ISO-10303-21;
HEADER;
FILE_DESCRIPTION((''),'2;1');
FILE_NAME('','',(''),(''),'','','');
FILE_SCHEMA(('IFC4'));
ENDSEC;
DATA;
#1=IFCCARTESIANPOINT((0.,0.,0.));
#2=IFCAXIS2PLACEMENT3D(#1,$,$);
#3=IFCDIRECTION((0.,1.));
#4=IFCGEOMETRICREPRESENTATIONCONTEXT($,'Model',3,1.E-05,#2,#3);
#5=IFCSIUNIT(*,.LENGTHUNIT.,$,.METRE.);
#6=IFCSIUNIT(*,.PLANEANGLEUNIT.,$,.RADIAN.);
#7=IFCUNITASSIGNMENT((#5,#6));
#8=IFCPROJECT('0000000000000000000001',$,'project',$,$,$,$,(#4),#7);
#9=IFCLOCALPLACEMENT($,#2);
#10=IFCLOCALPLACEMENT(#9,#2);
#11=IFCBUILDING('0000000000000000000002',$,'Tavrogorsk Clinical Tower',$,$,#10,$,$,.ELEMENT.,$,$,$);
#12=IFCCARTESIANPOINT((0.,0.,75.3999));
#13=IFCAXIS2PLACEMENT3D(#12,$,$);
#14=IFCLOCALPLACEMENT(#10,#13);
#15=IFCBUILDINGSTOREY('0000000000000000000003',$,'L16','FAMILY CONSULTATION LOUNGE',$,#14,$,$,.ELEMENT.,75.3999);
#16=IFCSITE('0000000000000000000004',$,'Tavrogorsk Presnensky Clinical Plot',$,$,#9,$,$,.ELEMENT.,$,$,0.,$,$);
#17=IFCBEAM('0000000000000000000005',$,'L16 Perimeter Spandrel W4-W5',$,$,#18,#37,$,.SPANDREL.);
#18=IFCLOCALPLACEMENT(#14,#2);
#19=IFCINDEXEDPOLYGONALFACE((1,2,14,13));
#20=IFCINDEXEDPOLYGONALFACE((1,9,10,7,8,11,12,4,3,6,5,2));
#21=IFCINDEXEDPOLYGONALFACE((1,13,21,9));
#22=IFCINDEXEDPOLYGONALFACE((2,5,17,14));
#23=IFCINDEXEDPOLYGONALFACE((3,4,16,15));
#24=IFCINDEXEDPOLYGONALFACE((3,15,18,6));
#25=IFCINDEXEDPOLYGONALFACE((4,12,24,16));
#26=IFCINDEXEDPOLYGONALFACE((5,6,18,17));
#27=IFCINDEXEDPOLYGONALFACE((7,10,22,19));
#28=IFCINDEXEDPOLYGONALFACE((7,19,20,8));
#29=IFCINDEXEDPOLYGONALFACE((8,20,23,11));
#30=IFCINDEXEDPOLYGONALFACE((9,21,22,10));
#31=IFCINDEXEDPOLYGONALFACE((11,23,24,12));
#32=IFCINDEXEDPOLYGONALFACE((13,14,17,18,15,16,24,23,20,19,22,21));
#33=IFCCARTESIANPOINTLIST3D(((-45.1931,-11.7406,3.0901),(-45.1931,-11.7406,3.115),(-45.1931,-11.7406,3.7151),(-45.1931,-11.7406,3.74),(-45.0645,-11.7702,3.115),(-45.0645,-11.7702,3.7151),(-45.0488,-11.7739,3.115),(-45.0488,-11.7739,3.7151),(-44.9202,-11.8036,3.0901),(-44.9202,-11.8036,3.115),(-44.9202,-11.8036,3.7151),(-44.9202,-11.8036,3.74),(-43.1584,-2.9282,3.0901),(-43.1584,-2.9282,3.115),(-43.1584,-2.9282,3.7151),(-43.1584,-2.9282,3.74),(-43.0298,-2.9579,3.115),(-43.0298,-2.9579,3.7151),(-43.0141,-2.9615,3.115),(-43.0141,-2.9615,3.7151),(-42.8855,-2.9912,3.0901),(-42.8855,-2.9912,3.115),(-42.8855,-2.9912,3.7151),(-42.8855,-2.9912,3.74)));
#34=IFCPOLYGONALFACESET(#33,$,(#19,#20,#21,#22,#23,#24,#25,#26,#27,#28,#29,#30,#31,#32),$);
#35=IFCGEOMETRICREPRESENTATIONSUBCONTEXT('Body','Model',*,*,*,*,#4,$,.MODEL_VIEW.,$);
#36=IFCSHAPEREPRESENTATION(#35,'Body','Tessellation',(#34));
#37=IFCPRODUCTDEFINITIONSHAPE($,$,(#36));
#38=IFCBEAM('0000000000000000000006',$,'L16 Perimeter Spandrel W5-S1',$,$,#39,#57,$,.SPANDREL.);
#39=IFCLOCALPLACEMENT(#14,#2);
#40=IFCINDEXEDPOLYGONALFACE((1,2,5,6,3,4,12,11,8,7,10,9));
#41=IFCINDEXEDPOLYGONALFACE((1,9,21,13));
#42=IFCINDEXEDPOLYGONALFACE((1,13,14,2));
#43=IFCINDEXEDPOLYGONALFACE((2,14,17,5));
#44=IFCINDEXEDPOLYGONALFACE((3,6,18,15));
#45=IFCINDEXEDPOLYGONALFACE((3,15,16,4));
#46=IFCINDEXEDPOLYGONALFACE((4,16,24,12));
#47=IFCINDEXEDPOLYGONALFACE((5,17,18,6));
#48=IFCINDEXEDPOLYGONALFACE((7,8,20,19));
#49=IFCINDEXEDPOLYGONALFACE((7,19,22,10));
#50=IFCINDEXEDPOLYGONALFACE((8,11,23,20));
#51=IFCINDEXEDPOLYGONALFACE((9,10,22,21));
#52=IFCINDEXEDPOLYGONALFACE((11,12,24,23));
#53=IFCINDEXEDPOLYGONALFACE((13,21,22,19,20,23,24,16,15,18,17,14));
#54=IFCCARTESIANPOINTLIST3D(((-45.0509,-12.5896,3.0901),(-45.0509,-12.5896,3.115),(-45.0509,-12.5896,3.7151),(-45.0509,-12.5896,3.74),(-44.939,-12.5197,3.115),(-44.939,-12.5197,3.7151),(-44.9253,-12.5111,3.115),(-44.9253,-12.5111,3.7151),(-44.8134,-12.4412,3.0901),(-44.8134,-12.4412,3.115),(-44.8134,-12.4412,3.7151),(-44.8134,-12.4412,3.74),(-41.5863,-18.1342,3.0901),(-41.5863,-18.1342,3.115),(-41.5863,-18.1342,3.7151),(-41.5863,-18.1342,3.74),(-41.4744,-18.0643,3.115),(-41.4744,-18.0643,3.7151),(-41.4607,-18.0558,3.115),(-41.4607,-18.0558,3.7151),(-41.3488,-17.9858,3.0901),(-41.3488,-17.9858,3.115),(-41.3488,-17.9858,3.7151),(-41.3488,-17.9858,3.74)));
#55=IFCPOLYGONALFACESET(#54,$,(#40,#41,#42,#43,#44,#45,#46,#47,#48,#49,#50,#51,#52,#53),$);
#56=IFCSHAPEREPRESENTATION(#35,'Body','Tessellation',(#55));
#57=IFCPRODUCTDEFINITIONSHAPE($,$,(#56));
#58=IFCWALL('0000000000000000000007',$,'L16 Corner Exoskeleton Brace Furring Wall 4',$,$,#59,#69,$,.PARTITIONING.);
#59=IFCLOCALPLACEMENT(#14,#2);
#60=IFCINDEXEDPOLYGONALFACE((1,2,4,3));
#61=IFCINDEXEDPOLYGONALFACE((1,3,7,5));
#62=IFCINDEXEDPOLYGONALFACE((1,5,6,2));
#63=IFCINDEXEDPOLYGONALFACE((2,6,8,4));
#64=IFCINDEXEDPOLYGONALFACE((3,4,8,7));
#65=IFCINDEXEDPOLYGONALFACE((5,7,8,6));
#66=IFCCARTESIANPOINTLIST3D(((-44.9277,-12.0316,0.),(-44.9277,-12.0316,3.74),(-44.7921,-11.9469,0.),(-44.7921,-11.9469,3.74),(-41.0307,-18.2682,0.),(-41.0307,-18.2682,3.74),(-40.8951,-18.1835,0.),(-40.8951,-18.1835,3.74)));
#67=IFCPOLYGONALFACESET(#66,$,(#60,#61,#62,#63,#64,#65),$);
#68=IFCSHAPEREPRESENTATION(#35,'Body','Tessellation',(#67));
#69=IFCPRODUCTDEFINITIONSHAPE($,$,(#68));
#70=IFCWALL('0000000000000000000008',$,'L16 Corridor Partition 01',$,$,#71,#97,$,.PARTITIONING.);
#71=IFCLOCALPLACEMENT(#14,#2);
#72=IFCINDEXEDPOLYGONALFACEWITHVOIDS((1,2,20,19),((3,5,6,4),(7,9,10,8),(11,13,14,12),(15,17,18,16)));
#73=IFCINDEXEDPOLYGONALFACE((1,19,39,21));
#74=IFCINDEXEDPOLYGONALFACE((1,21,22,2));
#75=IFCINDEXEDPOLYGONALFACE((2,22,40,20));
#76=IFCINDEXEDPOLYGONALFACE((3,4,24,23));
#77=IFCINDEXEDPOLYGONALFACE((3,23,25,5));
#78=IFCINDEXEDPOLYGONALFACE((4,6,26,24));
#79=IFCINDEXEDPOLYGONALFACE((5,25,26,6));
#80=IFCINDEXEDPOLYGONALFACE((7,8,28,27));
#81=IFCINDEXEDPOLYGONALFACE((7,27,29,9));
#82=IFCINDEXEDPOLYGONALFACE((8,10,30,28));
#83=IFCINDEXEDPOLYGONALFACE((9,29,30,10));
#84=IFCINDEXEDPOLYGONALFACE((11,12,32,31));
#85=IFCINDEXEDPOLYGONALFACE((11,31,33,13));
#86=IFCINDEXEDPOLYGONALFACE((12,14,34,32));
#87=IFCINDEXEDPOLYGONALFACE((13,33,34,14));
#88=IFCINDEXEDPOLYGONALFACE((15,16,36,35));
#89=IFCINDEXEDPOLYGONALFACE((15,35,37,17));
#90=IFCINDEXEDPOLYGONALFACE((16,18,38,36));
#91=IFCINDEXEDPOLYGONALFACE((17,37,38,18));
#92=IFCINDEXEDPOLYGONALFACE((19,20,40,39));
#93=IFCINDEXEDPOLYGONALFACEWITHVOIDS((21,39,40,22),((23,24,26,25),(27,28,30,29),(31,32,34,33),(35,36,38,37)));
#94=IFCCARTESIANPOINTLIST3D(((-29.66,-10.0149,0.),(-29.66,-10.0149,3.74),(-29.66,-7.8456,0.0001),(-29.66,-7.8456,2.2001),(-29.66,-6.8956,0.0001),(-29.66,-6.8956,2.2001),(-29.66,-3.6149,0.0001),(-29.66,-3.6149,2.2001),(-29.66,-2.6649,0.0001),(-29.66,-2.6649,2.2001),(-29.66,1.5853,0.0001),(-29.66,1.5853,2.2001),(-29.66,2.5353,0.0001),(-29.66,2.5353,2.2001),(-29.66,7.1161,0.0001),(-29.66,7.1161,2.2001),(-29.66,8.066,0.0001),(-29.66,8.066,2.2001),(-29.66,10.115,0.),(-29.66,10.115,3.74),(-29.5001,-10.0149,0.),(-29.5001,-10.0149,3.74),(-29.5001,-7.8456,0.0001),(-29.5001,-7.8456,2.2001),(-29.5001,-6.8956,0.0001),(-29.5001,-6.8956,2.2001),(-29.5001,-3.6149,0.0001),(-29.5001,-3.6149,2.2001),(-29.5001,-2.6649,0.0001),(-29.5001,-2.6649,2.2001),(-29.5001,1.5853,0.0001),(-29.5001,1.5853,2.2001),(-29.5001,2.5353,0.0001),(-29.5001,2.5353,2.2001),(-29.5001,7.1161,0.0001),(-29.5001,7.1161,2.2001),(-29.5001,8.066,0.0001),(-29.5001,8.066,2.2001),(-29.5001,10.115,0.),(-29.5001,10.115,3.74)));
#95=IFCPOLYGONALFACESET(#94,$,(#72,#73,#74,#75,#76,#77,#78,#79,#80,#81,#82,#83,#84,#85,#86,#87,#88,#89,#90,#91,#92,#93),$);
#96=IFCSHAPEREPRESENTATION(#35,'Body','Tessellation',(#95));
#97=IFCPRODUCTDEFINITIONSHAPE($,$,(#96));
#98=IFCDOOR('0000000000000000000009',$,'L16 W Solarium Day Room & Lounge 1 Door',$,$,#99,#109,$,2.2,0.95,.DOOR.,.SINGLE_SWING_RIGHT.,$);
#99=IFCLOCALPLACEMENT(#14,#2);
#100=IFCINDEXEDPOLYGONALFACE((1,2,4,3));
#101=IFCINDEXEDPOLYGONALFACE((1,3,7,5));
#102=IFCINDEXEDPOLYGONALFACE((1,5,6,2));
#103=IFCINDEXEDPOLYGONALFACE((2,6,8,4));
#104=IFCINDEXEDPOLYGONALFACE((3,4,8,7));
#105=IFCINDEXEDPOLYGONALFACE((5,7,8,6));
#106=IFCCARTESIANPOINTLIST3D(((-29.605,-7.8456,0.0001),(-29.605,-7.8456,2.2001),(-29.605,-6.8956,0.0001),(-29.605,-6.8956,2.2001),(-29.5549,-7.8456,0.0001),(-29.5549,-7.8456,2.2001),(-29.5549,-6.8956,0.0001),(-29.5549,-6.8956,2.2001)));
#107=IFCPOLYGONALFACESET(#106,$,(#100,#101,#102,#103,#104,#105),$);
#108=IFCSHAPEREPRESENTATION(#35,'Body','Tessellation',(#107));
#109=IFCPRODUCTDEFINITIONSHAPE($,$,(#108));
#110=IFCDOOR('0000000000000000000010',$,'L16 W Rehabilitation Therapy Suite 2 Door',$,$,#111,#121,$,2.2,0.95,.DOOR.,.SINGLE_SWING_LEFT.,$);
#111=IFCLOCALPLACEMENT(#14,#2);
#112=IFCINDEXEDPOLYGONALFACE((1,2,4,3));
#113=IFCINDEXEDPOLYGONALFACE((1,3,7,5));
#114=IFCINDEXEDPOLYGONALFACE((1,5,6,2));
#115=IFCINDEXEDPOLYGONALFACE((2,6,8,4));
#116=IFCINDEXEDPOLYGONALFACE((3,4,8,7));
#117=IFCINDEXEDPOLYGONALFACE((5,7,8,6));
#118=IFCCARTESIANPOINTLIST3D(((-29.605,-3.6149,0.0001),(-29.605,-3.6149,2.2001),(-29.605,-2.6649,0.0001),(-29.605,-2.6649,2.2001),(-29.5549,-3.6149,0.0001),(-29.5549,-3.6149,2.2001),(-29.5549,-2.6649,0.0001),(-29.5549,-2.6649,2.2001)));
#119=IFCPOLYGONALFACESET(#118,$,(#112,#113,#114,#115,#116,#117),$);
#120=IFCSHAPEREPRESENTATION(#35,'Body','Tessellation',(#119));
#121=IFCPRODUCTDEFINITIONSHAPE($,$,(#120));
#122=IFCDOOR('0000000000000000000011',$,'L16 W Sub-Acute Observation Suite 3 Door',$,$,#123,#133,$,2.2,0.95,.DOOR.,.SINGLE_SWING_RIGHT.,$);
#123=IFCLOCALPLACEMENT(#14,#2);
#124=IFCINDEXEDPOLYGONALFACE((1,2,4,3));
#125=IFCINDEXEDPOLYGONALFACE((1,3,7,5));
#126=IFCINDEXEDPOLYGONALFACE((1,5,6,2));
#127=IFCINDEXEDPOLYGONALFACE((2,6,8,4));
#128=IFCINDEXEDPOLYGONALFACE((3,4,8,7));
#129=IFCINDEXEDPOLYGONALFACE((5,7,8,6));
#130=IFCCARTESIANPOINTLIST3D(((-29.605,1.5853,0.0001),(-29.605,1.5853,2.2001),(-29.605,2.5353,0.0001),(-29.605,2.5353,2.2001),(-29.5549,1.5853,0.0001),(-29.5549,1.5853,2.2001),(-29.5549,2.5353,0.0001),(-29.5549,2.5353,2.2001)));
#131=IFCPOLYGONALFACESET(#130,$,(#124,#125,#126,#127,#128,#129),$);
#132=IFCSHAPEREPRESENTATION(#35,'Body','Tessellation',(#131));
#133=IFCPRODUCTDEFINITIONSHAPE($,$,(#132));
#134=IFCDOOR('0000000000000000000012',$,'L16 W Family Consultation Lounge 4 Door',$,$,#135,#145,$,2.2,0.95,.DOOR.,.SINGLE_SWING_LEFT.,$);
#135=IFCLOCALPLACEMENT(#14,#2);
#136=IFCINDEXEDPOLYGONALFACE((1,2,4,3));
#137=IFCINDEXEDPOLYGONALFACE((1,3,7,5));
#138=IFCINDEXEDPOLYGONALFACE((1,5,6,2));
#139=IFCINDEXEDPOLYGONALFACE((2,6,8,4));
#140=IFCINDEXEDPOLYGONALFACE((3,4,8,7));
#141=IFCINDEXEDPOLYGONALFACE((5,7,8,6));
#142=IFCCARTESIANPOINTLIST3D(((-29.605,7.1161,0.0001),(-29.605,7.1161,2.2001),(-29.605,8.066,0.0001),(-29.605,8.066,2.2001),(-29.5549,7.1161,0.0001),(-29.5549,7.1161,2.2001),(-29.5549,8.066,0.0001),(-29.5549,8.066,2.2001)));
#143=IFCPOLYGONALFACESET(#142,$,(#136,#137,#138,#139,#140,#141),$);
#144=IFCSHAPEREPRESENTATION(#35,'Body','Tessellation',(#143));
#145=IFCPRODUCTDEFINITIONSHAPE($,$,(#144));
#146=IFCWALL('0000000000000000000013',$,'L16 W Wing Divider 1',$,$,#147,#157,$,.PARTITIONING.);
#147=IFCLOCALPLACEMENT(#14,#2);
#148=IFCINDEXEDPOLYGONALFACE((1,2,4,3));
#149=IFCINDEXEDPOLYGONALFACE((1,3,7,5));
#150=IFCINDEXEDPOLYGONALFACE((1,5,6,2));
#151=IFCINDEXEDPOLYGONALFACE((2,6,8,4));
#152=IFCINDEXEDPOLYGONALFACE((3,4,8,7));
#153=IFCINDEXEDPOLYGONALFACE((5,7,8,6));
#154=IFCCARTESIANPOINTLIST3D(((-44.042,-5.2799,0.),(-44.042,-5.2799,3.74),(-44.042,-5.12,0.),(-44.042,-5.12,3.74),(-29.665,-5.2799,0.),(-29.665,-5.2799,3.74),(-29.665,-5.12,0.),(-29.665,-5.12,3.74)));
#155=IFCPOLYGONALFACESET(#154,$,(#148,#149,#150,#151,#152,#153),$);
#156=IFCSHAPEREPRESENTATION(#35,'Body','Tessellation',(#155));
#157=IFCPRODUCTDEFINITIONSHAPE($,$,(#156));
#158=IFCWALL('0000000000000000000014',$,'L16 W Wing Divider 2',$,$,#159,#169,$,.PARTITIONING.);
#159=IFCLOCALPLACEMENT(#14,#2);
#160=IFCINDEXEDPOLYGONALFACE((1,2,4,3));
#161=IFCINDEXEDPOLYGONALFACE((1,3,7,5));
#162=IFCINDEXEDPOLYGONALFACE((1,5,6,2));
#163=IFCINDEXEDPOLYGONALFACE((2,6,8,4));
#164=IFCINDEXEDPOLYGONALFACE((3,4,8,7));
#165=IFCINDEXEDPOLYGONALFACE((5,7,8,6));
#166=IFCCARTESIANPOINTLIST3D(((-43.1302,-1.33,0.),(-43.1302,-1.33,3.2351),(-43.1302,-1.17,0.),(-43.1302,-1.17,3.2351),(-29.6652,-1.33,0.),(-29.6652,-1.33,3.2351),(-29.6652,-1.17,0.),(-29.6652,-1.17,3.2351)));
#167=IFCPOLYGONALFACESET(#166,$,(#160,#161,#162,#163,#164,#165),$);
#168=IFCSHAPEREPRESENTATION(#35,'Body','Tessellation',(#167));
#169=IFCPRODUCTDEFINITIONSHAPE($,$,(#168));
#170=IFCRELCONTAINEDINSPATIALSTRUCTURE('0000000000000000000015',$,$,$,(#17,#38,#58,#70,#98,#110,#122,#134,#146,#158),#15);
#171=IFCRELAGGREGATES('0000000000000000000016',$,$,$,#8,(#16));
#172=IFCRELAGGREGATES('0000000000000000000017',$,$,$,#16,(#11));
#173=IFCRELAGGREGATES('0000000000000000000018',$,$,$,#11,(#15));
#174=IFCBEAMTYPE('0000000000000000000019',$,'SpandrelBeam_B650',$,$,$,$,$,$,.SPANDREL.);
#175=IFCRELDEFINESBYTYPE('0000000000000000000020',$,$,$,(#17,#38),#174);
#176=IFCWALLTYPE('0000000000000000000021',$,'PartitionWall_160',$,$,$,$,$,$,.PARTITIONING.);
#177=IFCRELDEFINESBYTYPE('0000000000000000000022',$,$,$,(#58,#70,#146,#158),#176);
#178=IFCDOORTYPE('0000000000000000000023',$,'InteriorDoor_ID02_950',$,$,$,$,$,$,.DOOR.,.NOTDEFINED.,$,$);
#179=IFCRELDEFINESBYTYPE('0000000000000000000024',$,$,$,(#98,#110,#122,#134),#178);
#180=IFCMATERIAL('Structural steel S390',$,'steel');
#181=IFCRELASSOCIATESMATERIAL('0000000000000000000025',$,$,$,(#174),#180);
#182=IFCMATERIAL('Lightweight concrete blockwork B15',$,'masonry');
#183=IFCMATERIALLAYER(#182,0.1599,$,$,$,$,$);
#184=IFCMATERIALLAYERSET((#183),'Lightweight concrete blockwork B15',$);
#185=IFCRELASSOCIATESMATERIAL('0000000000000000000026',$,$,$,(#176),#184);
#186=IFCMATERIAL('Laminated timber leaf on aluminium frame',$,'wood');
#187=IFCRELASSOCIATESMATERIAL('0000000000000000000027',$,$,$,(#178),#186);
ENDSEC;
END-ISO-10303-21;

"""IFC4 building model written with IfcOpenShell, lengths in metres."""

from ifc_helpers import new_model, si_unit, direction, frame, frame_2d, origin, origin_2d, place, context, subcontext, project, spatial, rectangle, i_section, extrude, material, layer, layer_set, material_profile, profile_set, type_object, element, fill, save


model = new_model("IFC4")

# Units and contexts
model_context = context("Model", 3, precision=1e-05, world=origin(), true_north=direction((0.0, 1.0)))
body_context = subcontext(model_context, "Body", "Model", "MODEL_VIEW")
ifc_project = project(units=[si_unit("LENGTHUNIT", "METRE"), si_unit("PLANEANGLEUNIT", "RADIAN")], contexts=[model_context])

# Site, building, storey
site_placement = place(None, origin())
site = spatial("IfcSite", under=ifc_project, at=site_placement, Name="Tavrogorsk Presnensky Clinical Plot", CompositionType="ELEMENT", RefElevation=0.0)
building_placement = place(site_placement, origin())
building = spatial("IfcBuilding", under=site, at=building_placement, Name="Tavrogorsk Clinical Tower", CompositionType="ELEMENT")
storey_placement = place(building_placement, frame((0.0, 0.0, 75.3999)))
storey = spatial("IfcBuildingStorey", under=building, at=storey_placement, Name="L16", Description="FAMILY CONSULTATION LOUNGE", CompositionType="ELEMENT", Elevation=75.3999)

# Beams
ifc_material_1 = material(Name="Structural steel S390", Category="steel")
ifc_material_profile_1 = material_profile(ifc_material_1, i_section(OverallWidth=0.28, OverallDepth=0.6499, WebThickness=0.0161, FlangeThickness=0.0249, at=origin_2d()), Name="B-650x280x16x25")
ifc_profile_set_1 = profile_set([ifc_material_profile_1], Name="Structural steel S390")
beam_type = type_object("IfcBeamType", Name="SpandrelBeam_B650", PredefinedType="SPANDREL", material=ifc_profile_set_1)
beam_1_placement = place(storey_placement, frame((-43.022, -2.9597, 3.415), z_axis=(-0.224972, -0.974365, 0.0), x_axis=(0.974365, -0.224972, 0.0)))
element("IfcBeam", 1, at=beam_1_placement, inside=storey, type_object=beam_type, Name="L16 Perimeter Spandrel W4-W5", PredefinedType="SPANDREL", context=body_context, shape_type="SweptSolid", body=[
    extrude(i_section(OverallWidth=0.28, OverallDepth=0.6499, WebThickness=0.0161, FlangeThickness=0.0249, at=origin_2d()), origin(), (0.0, 0.0, 1.0), 9.0442),
])
beam_2_placement = place(storey_placement, frame((-44.9321, -12.5154, 3.415), z_axis=(0.529908, -0.848055, 0.0), x_axis=(0.848055, 0.529908, 0.0)))
element("IfcBeam", 2, at=beam_2_placement, inside=storey, type_object=beam_type, Name="L16 Perimeter Spandrel W5-S1", PredefinedType="SPANDREL", context=body_context, shape_type="SweptSolid", body=[
    extrude(i_section(OverallWidth=0.28, OverallDepth=0.6499, WebThickness=0.0161, FlangeThickness=0.0249, at=origin_2d()), origin(), (0.0, 0.0, 1.0), 6.5381),
])

# Wall
ifc_material_2 = material(Name="Lightweight concrete blockwork B15", Category="masonry")
ifc_layer_1 = layer(ifc_material_2, 0.1599)
ifc_layer_set_1 = layer_set([ifc_layer_1], Name="Lightweight concrete blockwork B15")
wall_type_1 = type_object("IfcWallType", Name="PartitionWall_160", PredefinedType="PARTITIONING", material=ifc_layer_set_1)
wall_1_placement = place(storey_placement, frame((-44.8599, -11.9893, 0.0), z_axis=(0.0, 0.0, 1.0), x_axis=(0.529912, -0.848052, 0.0)))
element("IfcWall", 3, at=wall_1_placement, inside=storey, type_object=wall_type_1, Name="L16 Corner Exoskeleton Brace Furring Wall 4", PredefinedType="PARTITIONING", context=body_context, shape_type="SweptSolid", body=[
    extrude(rectangle(XDim=7.354, YDim=0.1599, at=frame_2d((3.677, 0.0))), origin(), (0.0, 0.0, 1.0), 3.74),
])

# Wall, openings, doors
wall_2_placement = place(storey_placement, frame((-29.5801, -10.0149, 0.0), z_axis=(0.0, 0.0, 1.0), x_axis=(0.0, 1.0, 0.0)))
wall_2 = element("IfcWall", 4, at=wall_2_placement, inside=storey, type_object=wall_type_1, Name="L16 Corridor Partition 01", PredefinedType="PARTITIONING", context=body_context, shape_type="SweptSolid", body=[
    extrude(rectangle(XDim=20.1299, YDim=0.1599, at=frame_2d((10.0649, 0.0))), origin(), (0.0, 0.0, 1.0), 3.74),
])
opening_1_placement = place(wall_2_placement, frame((2.1692, 0.0, 0.0)))
opening_1 = element("IfcOpeningElement", 5, at=opening_1_placement, cuts=wall_2, PredefinedType="OPENING", context=body_context, shape_type="SweptSolid", body=[
    extrude(rectangle(XDim=0.95, YDim=2.2, at=frame_2d((0.4751, 1.1001))), frame((0.0, 0.0898, 0.0), z_axis=(0.0, -1.0, 0.0), x_axis=(1.0, 0.0, 0.0)), (0.0, 0.0, 1.0), 0.1799),
])
opening_2_placement = place(wall_2_placement, frame((6.3999, 0.0, 0.0)))
opening_2 = element("IfcOpeningElement", 6, at=opening_2_placement, cuts=wall_2, PredefinedType="OPENING", context=body_context, shape_type="SweptSolid", body=[
    extrude(rectangle(XDim=0.95, YDim=2.2, at=frame_2d((0.4751, 1.1001))), frame((0.0, 0.0898, 0.0), z_axis=(0.0, -1.0, 0.0), x_axis=(1.0, 0.0, 0.0)), (0.0, 0.0, 1.0), 0.1799),
])
opening_3_placement = place(wall_2_placement, frame((11.6001, 0.0, 0.0)))
opening_3 = element("IfcOpeningElement", 7, at=opening_3_placement, cuts=wall_2, PredefinedType="OPENING", context=body_context, shape_type="SweptSolid", body=[
    extrude(rectangle(XDim=0.95, YDim=2.2, at=frame_2d((0.4751, 1.1001))), frame((0.0, 0.0898, 0.0), z_axis=(0.0, -1.0, 0.0), x_axis=(1.0, 0.0, 0.0)), (0.0, 0.0, 1.0), 0.1799),
])
opening_4_placement = place(wall_2_placement, frame((17.1309, 0.0, 0.0)))
opening_4 = element("IfcOpeningElement", 8, at=opening_4_placement, cuts=wall_2, PredefinedType="OPENING", context=body_context, shape_type="SweptSolid", body=[
    extrude(rectangle(XDim=0.95, YDim=2.2, at=frame_2d((0.4751, 1.1001))), frame((0.0, 0.0898, 0.0), z_axis=(0.0, -1.0, 0.0), x_axis=(1.0, 0.0, 0.0)), (0.0, 0.0, 1.0), 0.1799),
])
ifc_material_3 = material(Name="Laminated timber leaf on aluminium frame", Category="wood")
door_type = type_object("IfcDoorType", Name="InteriorDoor_ID02_950", OperationType="NOTDEFINED", PredefinedType="DOOR", material=ifc_material_3)
door_1_placement = place(opening_1_placement, origin())
door_1 = element("IfcDoor", 9, at=door_1_placement, inside=storey, type_object=door_type, Name="L16 W Solarium Day Room & Lounge 1 Door", OperationType="SINGLE_SWING_RIGHT", OverallHeight=2.2, OverallWidth=0.95, PredefinedType="DOOR", context=body_context, shape_type="SweptSolid", body=[
    extrude(rectangle(XDim=0.95, YDim=2.2, at=frame_2d((0.4751, 1.1001))), frame((0.0, 0.0249, 0.0), z_axis=(0.0, -1.0, 0.0), x_axis=(1.0, 0.0, 0.0)), (0.0, 0.0, 1.0), 0.05),
])
fill(opening_1, door_1)
door_2_placement = place(opening_2_placement, origin())
door_2 = element("IfcDoor", 10, at=door_2_placement, inside=storey, type_object=door_type, Name="L16 W Rehabilitation Therapy Suite 2 Door", OperationType="SINGLE_SWING_LEFT", OverallHeight=2.2, OverallWidth=0.95, PredefinedType="DOOR", context=body_context, shape_type="SweptSolid", body=[
    extrude(rectangle(XDim=0.95, YDim=2.2, at=frame_2d((0.4751, 1.1001))), frame((0.0, 0.0249, 0.0), z_axis=(0.0, -1.0, 0.0), x_axis=(1.0, 0.0, 0.0)), (0.0, 0.0, 1.0), 0.05),
])
fill(opening_2, door_2)
door_3_placement = place(opening_3_placement, origin())
door_3 = element("IfcDoor", 11, at=door_3_placement, inside=storey, type_object=door_type, Name="L16 W Sub-Acute Observation Suite 3 Door", OperationType="SINGLE_SWING_RIGHT", OverallHeight=2.2, OverallWidth=0.95, PredefinedType="DOOR", context=body_context, shape_type="SweptSolid", body=[
    extrude(rectangle(XDim=0.95, YDim=2.2, at=frame_2d((0.4751, 1.1001))), frame((0.0, 0.0249, 0.0), z_axis=(0.0, -1.0, 0.0), x_axis=(1.0, 0.0, 0.0)), (0.0, 0.0, 1.0), 0.05),
])
fill(opening_3, door_3)
door_4_placement = place(opening_4_placement, origin())
door_4 = element("IfcDoor", 12, at=door_4_placement, inside=storey, type_object=door_type, Name="L16 W Family Consultation Lounge 4 Door", OperationType="SINGLE_SWING_LEFT", OverallHeight=2.2, OverallWidth=0.95, PredefinedType="DOOR", context=body_context, shape_type="SweptSolid", body=[
    extrude(rectangle(XDim=0.95, YDim=2.2, at=frame_2d((0.4751, 1.1001))), frame((0.0, 0.0249, 0.0), z_axis=(0.0, -1.0, 0.0), x_axis=(1.0, 0.0, 0.0)), (0.0, 0.0, 1.0), 0.05),
])
fill(opening_4, door_4)

# Walls
wall_3_placement = place(storey_placement, frame((-44.042, -5.2, 0.0), z_axis=(0.0, 0.0, 1.0), x_axis=(1.0, 0.0, 0.0)))
element("IfcWall", 13, at=wall_3_placement, inside=storey, type_object=wall_type_1, Name="L16 W Wing Divider 1", PredefinedType="PARTITIONING", context=body_context, shape_type="SweptSolid", body=[
    extrude(rectangle(XDim=14.377, YDim=0.1599, at=frame_2d((7.1885, 0.0))), origin(), (0.0, 0.0, 1.0), 3.74),
])
wall_4_placement = place(storey_placement, frame((-43.1301, -1.25, 0.0), z_axis=(0.0, 0.0, 1.0), x_axis=(1.0, 0.0, 0.0)))
element("IfcWall", 14, at=wall_4_placement, inside=storey, type_object=wall_type_1, Name="L16 W Wing Divider 2", PredefinedType="PARTITIONING", context=body_context, shape_type="SweptSolid", body=[
    extrude(rectangle(XDim=13.4651, YDim=0.1599, at=frame_2d((6.7324, 0.0))), origin(), (0.0, 0.0, 1.0), 3.2351),
])

save(model, "model.ifc")
